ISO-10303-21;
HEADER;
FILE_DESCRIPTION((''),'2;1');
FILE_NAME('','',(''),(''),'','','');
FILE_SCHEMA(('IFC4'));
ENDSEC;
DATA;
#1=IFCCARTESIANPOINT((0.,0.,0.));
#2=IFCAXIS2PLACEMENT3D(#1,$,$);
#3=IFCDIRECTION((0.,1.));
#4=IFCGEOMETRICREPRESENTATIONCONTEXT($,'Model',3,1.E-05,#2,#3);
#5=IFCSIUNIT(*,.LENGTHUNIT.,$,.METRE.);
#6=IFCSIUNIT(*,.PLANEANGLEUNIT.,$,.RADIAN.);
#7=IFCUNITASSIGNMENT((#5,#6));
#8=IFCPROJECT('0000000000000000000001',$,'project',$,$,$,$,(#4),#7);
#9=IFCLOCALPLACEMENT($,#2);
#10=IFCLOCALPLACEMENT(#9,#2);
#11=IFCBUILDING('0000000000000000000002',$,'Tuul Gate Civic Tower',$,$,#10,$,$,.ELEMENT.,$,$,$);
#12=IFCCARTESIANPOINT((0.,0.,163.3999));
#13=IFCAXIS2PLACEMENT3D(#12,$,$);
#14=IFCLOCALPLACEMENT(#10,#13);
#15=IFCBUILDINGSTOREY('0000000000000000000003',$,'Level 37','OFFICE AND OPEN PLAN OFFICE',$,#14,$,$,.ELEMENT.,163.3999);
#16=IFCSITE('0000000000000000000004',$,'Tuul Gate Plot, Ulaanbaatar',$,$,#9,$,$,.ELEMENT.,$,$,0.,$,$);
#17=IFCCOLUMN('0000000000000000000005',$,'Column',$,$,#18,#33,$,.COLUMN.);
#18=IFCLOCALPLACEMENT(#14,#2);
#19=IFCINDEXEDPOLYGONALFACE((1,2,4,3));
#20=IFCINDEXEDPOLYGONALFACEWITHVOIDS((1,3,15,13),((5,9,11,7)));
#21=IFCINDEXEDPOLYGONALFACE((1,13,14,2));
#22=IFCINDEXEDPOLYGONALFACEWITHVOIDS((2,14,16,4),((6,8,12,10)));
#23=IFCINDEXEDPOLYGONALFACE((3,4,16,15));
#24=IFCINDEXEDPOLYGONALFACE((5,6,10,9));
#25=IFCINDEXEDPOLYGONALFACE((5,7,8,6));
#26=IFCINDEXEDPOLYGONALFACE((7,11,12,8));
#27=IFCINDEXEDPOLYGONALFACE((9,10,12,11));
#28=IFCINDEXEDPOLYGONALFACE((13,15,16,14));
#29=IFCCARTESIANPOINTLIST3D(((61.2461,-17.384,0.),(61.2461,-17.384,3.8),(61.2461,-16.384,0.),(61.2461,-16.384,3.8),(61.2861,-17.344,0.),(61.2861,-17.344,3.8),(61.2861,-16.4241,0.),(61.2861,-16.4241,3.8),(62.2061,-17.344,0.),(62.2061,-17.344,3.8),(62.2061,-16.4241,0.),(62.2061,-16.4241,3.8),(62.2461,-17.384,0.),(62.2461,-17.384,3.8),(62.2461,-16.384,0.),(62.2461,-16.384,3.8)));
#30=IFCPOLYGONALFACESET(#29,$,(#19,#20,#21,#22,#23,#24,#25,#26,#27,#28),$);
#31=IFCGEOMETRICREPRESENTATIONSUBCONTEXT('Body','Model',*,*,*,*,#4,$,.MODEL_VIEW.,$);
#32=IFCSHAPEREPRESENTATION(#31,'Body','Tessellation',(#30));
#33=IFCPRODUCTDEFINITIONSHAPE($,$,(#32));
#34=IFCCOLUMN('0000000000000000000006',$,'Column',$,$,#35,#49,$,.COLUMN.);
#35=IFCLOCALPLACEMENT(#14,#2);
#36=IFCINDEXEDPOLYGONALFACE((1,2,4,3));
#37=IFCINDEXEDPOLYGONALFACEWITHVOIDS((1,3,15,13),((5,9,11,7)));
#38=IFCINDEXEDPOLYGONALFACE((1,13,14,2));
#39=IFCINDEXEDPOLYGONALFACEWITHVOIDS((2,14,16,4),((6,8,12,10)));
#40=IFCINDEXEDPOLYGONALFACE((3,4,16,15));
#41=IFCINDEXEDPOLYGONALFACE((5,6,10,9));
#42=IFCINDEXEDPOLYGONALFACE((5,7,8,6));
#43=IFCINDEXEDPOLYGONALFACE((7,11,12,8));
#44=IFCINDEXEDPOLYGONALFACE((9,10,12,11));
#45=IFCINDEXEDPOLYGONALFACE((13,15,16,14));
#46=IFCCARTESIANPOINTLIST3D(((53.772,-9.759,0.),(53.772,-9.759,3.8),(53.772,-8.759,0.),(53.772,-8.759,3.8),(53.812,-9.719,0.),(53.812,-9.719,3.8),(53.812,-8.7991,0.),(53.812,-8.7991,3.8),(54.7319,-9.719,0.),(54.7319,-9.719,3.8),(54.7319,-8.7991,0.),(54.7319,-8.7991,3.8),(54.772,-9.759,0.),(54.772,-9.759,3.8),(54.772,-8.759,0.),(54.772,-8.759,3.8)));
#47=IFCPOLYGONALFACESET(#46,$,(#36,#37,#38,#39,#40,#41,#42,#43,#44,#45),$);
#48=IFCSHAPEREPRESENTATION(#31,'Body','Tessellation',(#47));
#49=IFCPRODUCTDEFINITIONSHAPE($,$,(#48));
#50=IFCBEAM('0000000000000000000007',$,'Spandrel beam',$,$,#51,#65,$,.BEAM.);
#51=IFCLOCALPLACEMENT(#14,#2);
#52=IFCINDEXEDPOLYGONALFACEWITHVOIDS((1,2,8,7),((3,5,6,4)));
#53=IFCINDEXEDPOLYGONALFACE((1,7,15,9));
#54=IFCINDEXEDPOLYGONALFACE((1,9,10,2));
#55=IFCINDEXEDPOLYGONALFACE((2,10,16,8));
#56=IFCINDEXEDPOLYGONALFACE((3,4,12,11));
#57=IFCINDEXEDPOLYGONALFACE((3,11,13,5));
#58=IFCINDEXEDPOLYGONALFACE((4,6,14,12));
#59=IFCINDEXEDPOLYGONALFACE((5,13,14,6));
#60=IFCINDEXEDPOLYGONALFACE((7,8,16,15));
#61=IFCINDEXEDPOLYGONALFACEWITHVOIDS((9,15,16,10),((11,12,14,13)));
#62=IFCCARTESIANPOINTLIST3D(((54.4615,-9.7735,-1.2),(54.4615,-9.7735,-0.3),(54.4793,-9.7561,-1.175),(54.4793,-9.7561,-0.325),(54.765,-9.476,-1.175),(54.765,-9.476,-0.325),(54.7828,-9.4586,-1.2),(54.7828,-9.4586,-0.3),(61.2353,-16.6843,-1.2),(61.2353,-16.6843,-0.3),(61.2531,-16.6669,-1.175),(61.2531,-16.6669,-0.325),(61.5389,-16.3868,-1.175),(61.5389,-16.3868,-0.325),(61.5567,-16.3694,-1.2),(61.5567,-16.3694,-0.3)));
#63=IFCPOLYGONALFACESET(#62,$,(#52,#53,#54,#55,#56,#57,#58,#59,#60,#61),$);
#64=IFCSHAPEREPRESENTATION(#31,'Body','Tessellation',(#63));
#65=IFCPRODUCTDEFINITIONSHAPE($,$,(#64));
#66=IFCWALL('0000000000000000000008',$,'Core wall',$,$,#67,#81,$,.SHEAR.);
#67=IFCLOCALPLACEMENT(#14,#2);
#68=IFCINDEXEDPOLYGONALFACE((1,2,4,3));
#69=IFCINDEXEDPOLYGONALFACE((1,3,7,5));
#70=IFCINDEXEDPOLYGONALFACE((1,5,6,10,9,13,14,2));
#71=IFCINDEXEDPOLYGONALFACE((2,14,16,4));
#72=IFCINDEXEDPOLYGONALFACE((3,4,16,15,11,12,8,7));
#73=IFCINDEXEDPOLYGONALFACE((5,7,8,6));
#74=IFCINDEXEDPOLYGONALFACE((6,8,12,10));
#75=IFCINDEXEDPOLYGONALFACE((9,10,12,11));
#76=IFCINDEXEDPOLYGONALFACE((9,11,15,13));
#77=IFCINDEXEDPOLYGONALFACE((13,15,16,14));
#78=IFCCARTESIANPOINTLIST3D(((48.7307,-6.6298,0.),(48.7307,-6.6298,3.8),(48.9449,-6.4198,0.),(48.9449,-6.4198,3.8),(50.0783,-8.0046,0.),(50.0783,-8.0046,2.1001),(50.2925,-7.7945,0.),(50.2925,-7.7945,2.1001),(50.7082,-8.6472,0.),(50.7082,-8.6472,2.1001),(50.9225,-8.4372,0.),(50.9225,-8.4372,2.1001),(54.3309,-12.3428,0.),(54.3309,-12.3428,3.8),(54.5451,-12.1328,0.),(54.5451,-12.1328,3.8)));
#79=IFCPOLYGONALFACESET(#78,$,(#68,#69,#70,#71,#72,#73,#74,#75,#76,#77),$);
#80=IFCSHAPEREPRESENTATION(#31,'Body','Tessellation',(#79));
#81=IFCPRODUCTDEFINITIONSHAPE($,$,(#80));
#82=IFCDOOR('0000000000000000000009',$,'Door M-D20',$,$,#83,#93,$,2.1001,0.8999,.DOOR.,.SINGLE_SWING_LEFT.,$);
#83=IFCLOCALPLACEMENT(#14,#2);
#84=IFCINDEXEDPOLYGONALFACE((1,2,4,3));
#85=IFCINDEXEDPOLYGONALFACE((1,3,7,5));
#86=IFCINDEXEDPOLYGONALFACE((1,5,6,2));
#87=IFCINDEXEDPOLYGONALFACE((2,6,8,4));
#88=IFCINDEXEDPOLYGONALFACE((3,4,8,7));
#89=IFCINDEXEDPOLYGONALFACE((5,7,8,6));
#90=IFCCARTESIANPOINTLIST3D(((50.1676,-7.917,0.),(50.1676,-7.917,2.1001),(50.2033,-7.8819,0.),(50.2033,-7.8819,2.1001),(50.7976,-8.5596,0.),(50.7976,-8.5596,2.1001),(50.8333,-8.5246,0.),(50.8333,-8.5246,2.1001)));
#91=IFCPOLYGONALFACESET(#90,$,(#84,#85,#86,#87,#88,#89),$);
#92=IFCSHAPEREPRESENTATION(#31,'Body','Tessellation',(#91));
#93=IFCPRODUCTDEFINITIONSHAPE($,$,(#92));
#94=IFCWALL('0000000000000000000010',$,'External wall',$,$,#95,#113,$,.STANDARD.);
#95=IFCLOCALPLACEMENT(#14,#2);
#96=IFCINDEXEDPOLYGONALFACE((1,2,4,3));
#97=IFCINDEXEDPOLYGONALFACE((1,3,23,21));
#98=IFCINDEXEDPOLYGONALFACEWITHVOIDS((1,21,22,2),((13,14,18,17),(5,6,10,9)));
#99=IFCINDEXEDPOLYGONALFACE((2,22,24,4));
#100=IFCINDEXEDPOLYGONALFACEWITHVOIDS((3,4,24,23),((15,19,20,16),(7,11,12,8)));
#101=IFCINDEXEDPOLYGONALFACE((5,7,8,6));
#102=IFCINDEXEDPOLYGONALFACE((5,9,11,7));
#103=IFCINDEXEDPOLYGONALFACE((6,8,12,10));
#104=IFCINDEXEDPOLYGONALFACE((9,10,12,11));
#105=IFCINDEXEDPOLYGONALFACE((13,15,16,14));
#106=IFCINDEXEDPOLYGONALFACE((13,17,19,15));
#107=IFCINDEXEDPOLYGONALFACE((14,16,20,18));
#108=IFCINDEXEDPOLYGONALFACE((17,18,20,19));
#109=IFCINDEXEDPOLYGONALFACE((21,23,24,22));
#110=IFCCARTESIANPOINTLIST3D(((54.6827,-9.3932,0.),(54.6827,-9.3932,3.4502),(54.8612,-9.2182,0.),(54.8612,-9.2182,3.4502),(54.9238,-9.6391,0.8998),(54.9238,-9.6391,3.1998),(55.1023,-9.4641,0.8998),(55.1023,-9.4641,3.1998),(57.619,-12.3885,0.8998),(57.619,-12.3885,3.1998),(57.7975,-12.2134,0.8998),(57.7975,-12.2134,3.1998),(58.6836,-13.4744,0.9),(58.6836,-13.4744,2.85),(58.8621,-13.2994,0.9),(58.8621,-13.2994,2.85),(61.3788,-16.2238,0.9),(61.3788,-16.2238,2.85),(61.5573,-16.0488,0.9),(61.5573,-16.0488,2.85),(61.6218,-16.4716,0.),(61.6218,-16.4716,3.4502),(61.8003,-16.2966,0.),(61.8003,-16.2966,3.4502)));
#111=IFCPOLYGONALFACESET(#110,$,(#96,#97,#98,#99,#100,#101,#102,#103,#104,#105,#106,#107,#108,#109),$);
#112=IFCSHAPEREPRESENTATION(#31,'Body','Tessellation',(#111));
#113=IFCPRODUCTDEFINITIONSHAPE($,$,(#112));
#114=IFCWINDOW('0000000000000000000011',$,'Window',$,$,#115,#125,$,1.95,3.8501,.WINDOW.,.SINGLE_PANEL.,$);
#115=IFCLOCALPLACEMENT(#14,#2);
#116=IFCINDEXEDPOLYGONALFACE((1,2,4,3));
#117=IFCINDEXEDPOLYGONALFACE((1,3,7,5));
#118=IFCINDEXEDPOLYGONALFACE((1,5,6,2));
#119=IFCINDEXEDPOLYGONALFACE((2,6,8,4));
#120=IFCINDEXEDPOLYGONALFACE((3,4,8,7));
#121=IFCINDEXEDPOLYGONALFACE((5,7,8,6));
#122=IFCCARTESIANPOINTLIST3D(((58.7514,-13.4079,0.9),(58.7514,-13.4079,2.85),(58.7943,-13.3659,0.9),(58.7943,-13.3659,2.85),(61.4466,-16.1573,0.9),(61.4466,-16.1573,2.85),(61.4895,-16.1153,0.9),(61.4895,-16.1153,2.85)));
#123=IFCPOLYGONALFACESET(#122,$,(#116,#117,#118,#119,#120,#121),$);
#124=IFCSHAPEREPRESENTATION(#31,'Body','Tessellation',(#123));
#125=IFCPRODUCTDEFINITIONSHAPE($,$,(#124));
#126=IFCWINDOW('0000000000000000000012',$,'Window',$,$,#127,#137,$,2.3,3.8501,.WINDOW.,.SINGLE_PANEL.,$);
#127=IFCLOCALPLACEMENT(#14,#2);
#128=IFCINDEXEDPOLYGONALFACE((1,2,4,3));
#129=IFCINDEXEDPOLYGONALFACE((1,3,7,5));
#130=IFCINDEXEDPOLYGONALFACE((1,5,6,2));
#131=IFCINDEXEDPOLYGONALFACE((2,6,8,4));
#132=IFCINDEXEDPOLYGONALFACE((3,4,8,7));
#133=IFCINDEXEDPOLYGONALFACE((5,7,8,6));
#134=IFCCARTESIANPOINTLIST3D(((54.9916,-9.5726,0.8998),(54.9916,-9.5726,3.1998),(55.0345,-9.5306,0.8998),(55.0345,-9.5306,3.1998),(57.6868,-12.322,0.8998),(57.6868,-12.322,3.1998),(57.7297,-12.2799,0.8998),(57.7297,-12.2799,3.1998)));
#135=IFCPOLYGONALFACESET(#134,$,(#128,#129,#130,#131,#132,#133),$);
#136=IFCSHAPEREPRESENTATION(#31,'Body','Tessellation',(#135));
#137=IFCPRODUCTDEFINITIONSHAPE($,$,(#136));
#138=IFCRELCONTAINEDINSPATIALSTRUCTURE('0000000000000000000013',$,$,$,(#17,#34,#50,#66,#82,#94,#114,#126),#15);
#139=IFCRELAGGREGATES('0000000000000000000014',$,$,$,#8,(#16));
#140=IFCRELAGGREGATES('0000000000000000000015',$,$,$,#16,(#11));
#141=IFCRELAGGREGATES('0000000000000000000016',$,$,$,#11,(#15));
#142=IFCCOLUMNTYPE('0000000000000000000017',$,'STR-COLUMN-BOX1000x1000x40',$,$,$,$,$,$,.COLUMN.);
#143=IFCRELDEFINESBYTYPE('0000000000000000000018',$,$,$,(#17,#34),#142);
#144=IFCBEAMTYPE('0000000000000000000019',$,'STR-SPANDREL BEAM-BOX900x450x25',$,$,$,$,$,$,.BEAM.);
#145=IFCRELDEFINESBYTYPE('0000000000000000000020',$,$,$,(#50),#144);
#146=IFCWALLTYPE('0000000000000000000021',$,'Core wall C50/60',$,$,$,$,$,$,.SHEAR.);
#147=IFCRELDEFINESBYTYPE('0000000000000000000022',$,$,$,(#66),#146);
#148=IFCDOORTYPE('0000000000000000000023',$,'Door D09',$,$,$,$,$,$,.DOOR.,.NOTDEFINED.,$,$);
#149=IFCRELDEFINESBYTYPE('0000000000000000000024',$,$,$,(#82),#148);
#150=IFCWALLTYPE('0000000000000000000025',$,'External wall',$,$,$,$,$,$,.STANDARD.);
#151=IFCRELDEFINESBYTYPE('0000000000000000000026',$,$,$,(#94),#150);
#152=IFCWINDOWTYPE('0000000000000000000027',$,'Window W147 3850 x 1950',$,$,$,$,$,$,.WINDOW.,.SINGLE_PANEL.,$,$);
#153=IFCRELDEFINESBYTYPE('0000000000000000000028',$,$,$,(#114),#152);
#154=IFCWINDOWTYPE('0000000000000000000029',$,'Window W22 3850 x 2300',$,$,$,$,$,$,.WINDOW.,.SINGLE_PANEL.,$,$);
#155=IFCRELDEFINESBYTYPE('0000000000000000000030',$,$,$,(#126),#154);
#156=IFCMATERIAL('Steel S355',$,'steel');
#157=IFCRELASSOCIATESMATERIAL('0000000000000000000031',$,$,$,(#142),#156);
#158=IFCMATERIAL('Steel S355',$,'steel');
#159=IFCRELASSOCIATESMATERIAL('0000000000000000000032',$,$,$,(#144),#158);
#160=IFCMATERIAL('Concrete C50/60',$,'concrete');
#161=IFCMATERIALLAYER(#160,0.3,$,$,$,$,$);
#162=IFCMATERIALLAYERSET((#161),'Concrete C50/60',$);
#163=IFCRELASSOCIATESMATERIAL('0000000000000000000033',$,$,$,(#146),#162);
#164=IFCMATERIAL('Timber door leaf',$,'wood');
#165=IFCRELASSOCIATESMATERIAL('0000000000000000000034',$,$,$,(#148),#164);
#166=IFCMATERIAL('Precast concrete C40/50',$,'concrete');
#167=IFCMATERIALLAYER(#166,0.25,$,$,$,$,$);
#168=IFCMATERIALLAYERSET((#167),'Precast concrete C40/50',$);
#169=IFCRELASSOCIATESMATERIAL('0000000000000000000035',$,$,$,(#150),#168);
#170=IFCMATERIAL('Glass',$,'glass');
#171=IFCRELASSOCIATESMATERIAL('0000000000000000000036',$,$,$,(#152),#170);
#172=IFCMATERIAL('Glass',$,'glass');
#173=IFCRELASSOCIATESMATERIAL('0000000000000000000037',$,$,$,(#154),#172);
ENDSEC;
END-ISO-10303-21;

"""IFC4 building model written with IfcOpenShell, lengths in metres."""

from ifc_helpers import new_model, si_unit, direction, frame, frame_2d, origin, origin_2d, place, context, subcontext, project, spatial, rectangle, hollow_rectangle, extrude, material, layer, layer_set, material_profile, profile_set, type_object, element, fill, save


model = new_model("IFC4")

# Units and contexts
model_context = context("Model", 3, precision=1e-05, world=origin(), true_north=direction((0.0, 1.0)))
body_context = subcontext(model_context, "Body", "Model", "MODEL_VIEW")
ifc_project = project(units=[si_unit("LENGTHUNIT", "METRE"), si_unit("PLANEANGLEUNIT", "RADIAN")], contexts=[model_context])

# Site, building, storey
site_placement = place(None, origin())
site = spatial("IfcSite", under=ifc_project, at=site_placement, Name="Tuul Gate Plot, Ulaanbaatar", CompositionType="ELEMENT", RefElevation=0.0)
building_placement = place(site_placement, origin())
building = spatial("IfcBuilding", under=site, at=building_placement, Name="Tuul Gate Civic Tower", CompositionType="ELEMENT")
storey_placement = place(building_placement, frame((0.0, 0.0, 163.3999)))
storey = spatial("IfcBuildingStorey", under=building, at=storey_placement, Name="Level 37", Description="OFFICE AND OPEN PLAN OFFICE", CompositionType="ELEMENT", Elevation=163.3999)

# Columns
ifc_material_1 = material(Name="Steel S355", Category="steel")
ifc_material_profile_1 = material_profile(ifc_material_1, hollow_rectangle(XDim=1.0, YDim=1.0, WallThickness=0.04, at=origin_2d()), Name="BOX1000x1000x40")
ifc_profile_set_1 = profile_set([ifc_material_profile_1], Name="Steel S355")
column_type = type_object("IfcColumnType", Name="STR-COLUMN-BOX1000x1000x40", PredefinedType="COLUMN", material=ifc_profile_set_1)
for number, where, z_axis, x_axis, name in (
    (1, (61.7461, -16.884, 0.0), (0.0, 0.0, 1.0), (1.0, 0.0, 0.0), "Column"),
    (2, (54.272, -9.259, 0.0), (0.0, 0.0, 1.0), (1.0, 0.0, 0.0), "Column"),
):
    element("IfcColumn", number, at=place(storey_placement, frame(where, z_axis=z_axis, x_axis=x_axis)), inside=storey, type_object=column_type, Name=name, PredefinedType="COLUMN", context=body_context, shape_type="SweptSolid", body=[
        extrude(hollow_rectangle(XDim=1.0, YDim=1.0, WallThickness=0.04, at=origin_2d()), origin(), (0.0, 0.0, 1.0), 3.8),
    ])

# Beam
ifc_material_2 = material(Name="Steel S355", Category="steel")
ifc_material_profile_2 = material_profile(ifc_material_2, hollow_rectangle(XDim=0.45, YDim=0.8999, WallThickness=0.0249, at=origin_2d()), Name="BOX900x450x25")
ifc_profile_set_2 = profile_set([ifc_material_profile_2], Name="Steel S355")
beam_type = type_object("IfcBeamType", Name="STR-SPANDREL BEAM-BOX900x450x25", PredefinedType="BEAM", material=ifc_profile_set_2)
beam_placement = place(storey_placement, frame((61.396, -16.5269, -0.75), z_axis=(-0.699995, 0.714148, 0.0), x_axis=(-0.714148, -0.699995, 0.0)))
element("IfcBeam", 3, at=beam_placement, inside=storey, type_object=beam_type, Name="Spandrel beam", PredefinedType="BEAM", context=body_context, shape_type="SweptSolid", body=[
    extrude(hollow_rectangle(XDim=0.45, YDim=0.8999, WallThickness=0.0249, at=origin_2d()), origin(), (0.0, 0.0, 1.0), 9.677),
])

# Wall, opening, door
ifc_material_3 = material(Name="Concrete C50/60", Category="concrete")
ifc_layer_1 = layer(ifc_material_3, 0.3)
ifc_layer_set_1 = layer_set([ifc_layer_1], Name="Concrete C50/60")
wall_type_1 = type_object("IfcWallType", Name="Core wall C50/60", PredefinedType="SHEAR", material=ifc_layer_set_1)
wall_1_placement = place(storey_placement, frame((54.438, -12.2378, 0.0), z_axis=(0.0, 0.0, 1.0), x_axis=(-0.700022, 0.714121, 0.0)))
wall_1 = element("IfcWall", 4, at=wall_1_placement, inside=storey, type_object=wall_type_1, Name="Core wall", PredefinedType="SHEAR", context=body_context, shape_type="SweptSolid", body=[
    extrude(rectangle(XDim=8.0, YDim=0.3, at=frame_2d((4.0, 0.0))), origin(), (0.0, 0.0, 1.0), 3.8),
])
opening_1_placement = place(wall_1_placement, frame((5.175, 0.0, 0.0)))
opening_1 = element("IfcOpeningElement", 5, at=opening_1_placement, cuts=wall_1, PredefinedType="OPENING", context=body_context, shape_type="SweptSolid", body=[
    extrude(rectangle(XDim=0.8999, YDim=2.1001, at=frame_2d((0.45, 1.05))), frame((0.0, 0.1602, 0.0), z_axis=(0.0, -1.0, 0.0), x_axis=(1.0, 0.0, 0.0)), (0.0, 0.0, 1.0), 0.3201),
])
ifc_material_4 = material(Name="Timber door leaf", Category="wood")
door_type = type_object("IfcDoorType", Name="Door D09", OperationType="NOTDEFINED", PredefinedType="DOOR", material=ifc_material_4)
door_placement = place(opening_1_placement, origin())
door = element("IfcDoor", 6, at=door_placement, inside=storey, type_object=door_type, Name="Door M-D20", OperationType="SINGLE_SWING_LEFT", OverallHeight=2.1001, OverallWidth=0.8999, PredefinedType="DOOR", context=body_context, shape_type="SweptSolid", body=[
    extrude(rectangle(XDim=0.8999, YDim=2.1001, at=frame_2d((0.45, 1.05))), frame((0.0, 0.0249, 0.0), z_axis=(0.0, -1.0, 0.0), x_axis=(1.0, 0.0, 0.0)), (0.0, 0.0, 1.0), 0.05),
])
fill(opening_1, door)

# Wall, openings, windows
ifc_material_5 = material(Name="Precast concrete C40/50", Category="concrete")
ifc_layer_2 = layer(ifc_material_5, 0.25)
ifc_layer_set_2 = layer_set([ifc_layer_2], Name="Precast concrete C40/50")
wall_type_2 = type_object("IfcWallType", Name="External wall", PredefinedType="STANDARD", material=ifc_layer_set_2)
wall_2_placement = place(storey_placement, frame((61.7109, -16.384, 0.0), z_axis=(0.0, 0.0, 1.0), x_axis=(-0.70004, 0.714104, 0.0)))
wall_2 = element("IfcWall", 7, at=wall_2_placement, inside=storey, type_object=wall_type_2, Name="External wall", PredefinedType="STANDARD", context=body_context, shape_type="SweptSolid", body=[
    extrude(rectangle(XDim=9.9124, YDim=0.25, at=frame_2d((4.9561, 0.0))), origin(), (0.0, 0.0, 1.0), 3.4502),
])
opening_2_placement = place(wall_2_placement, frame((0.3469, 0.0, 0.8999)))
opening_2 = element("IfcOpeningElement", 8, at=opening_2_placement, cuts=wall_2, PredefinedType="OPENING", context=body_context, shape_type="SweptSolid", body=[
    extrude(rectangle(XDim=3.8501, YDim=1.95, at=frame_2d((1.925, 0.9751))), frame((0.0, 0.135, 0.0), z_axis=(0.0, -1.0, 0.0), x_axis=(1.0, 0.0, 0.0)), (0.0, 0.0, 1.0), 0.27),
])
opening_3_placement = place(wall_2_placement, frame((5.7178, 0.0, 0.8999)))
opening_3 = element("IfcOpeningElement", 9, at=opening_3_placement, cuts=wall_2, PredefinedType="OPENING", context=body_context, shape_type="SweptSolid", body=[
    extrude(rectangle(XDim=3.8501, YDim=2.3, at=frame_2d((1.925, 1.1499))), frame((0.0, 0.135, 0.0), z_axis=(0.0, -1.0, 0.0), x_axis=(1.0, 0.0, 0.0)), (0.0, 0.0, 1.0), 0.27),
])
ifc_material_6 = material(Name="Glass", Category="glass")
window_type_1 = type_object("IfcWindowType", Name="Window W147 3850 x 1950", PartitioningType="SINGLE_PANEL", PredefinedType="WINDOW", material=ifc_material_6)
window_1_placement = place(opening_2_placement, origin())
window_1 = element("IfcWindow", 10, at=window_1_placement, inside=storey, type_object=window_type_1, Name="Window", OverallHeight=1.95, OverallWidth=3.8501, PartitioningType="SINGLE_PANEL", PredefinedType="WINDOW", context=body_context, shape_type="SweptSolid", body=[
    extrude(rectangle(XDim=3.8501, YDim=1.95, at=frame_2d((1.925, 0.9751))), frame((0.0, 0.03, 0.0), z_axis=(0.0, -1.0, 0.0), x_axis=(1.0, 0.0, 0.0)), (0.0, 0.0, 1.0), 0.0601),
])
fill(opening_2, window_1)
ifc_material_7 = material(Name="Glass", Category="glass")
window_type_2 = type_object("IfcWindowType", Name="Window W22 3850 x 2300", PartitioningType="SINGLE_PANEL", PredefinedType="WINDOW", material=ifc_material_7)
window_2_placement = place(opening_3_placement, origin())
window_2 = element("IfcWindow", 11, at=window_2_placement, inside=storey, type_object=window_type_2, Name="Window", OverallHeight=2.3, OverallWidth=3.8501, PartitioningType="SINGLE_PANEL", PredefinedType="WINDOW", context=body_context, shape_type="SweptSolid", body=[
    extrude(rectangle(XDim=3.8501, YDim=2.3, at=frame_2d((1.925, 1.1499))), frame((0.0, 0.03, 0.0), z_axis=(0.0, -1.0, 0.0), x_axis=(1.0, 0.0, 0.0)), (0.0, 0.0, 1.0), 0.0601),
])
fill(opening_3, window_2)

save(model, "model.ifc")
